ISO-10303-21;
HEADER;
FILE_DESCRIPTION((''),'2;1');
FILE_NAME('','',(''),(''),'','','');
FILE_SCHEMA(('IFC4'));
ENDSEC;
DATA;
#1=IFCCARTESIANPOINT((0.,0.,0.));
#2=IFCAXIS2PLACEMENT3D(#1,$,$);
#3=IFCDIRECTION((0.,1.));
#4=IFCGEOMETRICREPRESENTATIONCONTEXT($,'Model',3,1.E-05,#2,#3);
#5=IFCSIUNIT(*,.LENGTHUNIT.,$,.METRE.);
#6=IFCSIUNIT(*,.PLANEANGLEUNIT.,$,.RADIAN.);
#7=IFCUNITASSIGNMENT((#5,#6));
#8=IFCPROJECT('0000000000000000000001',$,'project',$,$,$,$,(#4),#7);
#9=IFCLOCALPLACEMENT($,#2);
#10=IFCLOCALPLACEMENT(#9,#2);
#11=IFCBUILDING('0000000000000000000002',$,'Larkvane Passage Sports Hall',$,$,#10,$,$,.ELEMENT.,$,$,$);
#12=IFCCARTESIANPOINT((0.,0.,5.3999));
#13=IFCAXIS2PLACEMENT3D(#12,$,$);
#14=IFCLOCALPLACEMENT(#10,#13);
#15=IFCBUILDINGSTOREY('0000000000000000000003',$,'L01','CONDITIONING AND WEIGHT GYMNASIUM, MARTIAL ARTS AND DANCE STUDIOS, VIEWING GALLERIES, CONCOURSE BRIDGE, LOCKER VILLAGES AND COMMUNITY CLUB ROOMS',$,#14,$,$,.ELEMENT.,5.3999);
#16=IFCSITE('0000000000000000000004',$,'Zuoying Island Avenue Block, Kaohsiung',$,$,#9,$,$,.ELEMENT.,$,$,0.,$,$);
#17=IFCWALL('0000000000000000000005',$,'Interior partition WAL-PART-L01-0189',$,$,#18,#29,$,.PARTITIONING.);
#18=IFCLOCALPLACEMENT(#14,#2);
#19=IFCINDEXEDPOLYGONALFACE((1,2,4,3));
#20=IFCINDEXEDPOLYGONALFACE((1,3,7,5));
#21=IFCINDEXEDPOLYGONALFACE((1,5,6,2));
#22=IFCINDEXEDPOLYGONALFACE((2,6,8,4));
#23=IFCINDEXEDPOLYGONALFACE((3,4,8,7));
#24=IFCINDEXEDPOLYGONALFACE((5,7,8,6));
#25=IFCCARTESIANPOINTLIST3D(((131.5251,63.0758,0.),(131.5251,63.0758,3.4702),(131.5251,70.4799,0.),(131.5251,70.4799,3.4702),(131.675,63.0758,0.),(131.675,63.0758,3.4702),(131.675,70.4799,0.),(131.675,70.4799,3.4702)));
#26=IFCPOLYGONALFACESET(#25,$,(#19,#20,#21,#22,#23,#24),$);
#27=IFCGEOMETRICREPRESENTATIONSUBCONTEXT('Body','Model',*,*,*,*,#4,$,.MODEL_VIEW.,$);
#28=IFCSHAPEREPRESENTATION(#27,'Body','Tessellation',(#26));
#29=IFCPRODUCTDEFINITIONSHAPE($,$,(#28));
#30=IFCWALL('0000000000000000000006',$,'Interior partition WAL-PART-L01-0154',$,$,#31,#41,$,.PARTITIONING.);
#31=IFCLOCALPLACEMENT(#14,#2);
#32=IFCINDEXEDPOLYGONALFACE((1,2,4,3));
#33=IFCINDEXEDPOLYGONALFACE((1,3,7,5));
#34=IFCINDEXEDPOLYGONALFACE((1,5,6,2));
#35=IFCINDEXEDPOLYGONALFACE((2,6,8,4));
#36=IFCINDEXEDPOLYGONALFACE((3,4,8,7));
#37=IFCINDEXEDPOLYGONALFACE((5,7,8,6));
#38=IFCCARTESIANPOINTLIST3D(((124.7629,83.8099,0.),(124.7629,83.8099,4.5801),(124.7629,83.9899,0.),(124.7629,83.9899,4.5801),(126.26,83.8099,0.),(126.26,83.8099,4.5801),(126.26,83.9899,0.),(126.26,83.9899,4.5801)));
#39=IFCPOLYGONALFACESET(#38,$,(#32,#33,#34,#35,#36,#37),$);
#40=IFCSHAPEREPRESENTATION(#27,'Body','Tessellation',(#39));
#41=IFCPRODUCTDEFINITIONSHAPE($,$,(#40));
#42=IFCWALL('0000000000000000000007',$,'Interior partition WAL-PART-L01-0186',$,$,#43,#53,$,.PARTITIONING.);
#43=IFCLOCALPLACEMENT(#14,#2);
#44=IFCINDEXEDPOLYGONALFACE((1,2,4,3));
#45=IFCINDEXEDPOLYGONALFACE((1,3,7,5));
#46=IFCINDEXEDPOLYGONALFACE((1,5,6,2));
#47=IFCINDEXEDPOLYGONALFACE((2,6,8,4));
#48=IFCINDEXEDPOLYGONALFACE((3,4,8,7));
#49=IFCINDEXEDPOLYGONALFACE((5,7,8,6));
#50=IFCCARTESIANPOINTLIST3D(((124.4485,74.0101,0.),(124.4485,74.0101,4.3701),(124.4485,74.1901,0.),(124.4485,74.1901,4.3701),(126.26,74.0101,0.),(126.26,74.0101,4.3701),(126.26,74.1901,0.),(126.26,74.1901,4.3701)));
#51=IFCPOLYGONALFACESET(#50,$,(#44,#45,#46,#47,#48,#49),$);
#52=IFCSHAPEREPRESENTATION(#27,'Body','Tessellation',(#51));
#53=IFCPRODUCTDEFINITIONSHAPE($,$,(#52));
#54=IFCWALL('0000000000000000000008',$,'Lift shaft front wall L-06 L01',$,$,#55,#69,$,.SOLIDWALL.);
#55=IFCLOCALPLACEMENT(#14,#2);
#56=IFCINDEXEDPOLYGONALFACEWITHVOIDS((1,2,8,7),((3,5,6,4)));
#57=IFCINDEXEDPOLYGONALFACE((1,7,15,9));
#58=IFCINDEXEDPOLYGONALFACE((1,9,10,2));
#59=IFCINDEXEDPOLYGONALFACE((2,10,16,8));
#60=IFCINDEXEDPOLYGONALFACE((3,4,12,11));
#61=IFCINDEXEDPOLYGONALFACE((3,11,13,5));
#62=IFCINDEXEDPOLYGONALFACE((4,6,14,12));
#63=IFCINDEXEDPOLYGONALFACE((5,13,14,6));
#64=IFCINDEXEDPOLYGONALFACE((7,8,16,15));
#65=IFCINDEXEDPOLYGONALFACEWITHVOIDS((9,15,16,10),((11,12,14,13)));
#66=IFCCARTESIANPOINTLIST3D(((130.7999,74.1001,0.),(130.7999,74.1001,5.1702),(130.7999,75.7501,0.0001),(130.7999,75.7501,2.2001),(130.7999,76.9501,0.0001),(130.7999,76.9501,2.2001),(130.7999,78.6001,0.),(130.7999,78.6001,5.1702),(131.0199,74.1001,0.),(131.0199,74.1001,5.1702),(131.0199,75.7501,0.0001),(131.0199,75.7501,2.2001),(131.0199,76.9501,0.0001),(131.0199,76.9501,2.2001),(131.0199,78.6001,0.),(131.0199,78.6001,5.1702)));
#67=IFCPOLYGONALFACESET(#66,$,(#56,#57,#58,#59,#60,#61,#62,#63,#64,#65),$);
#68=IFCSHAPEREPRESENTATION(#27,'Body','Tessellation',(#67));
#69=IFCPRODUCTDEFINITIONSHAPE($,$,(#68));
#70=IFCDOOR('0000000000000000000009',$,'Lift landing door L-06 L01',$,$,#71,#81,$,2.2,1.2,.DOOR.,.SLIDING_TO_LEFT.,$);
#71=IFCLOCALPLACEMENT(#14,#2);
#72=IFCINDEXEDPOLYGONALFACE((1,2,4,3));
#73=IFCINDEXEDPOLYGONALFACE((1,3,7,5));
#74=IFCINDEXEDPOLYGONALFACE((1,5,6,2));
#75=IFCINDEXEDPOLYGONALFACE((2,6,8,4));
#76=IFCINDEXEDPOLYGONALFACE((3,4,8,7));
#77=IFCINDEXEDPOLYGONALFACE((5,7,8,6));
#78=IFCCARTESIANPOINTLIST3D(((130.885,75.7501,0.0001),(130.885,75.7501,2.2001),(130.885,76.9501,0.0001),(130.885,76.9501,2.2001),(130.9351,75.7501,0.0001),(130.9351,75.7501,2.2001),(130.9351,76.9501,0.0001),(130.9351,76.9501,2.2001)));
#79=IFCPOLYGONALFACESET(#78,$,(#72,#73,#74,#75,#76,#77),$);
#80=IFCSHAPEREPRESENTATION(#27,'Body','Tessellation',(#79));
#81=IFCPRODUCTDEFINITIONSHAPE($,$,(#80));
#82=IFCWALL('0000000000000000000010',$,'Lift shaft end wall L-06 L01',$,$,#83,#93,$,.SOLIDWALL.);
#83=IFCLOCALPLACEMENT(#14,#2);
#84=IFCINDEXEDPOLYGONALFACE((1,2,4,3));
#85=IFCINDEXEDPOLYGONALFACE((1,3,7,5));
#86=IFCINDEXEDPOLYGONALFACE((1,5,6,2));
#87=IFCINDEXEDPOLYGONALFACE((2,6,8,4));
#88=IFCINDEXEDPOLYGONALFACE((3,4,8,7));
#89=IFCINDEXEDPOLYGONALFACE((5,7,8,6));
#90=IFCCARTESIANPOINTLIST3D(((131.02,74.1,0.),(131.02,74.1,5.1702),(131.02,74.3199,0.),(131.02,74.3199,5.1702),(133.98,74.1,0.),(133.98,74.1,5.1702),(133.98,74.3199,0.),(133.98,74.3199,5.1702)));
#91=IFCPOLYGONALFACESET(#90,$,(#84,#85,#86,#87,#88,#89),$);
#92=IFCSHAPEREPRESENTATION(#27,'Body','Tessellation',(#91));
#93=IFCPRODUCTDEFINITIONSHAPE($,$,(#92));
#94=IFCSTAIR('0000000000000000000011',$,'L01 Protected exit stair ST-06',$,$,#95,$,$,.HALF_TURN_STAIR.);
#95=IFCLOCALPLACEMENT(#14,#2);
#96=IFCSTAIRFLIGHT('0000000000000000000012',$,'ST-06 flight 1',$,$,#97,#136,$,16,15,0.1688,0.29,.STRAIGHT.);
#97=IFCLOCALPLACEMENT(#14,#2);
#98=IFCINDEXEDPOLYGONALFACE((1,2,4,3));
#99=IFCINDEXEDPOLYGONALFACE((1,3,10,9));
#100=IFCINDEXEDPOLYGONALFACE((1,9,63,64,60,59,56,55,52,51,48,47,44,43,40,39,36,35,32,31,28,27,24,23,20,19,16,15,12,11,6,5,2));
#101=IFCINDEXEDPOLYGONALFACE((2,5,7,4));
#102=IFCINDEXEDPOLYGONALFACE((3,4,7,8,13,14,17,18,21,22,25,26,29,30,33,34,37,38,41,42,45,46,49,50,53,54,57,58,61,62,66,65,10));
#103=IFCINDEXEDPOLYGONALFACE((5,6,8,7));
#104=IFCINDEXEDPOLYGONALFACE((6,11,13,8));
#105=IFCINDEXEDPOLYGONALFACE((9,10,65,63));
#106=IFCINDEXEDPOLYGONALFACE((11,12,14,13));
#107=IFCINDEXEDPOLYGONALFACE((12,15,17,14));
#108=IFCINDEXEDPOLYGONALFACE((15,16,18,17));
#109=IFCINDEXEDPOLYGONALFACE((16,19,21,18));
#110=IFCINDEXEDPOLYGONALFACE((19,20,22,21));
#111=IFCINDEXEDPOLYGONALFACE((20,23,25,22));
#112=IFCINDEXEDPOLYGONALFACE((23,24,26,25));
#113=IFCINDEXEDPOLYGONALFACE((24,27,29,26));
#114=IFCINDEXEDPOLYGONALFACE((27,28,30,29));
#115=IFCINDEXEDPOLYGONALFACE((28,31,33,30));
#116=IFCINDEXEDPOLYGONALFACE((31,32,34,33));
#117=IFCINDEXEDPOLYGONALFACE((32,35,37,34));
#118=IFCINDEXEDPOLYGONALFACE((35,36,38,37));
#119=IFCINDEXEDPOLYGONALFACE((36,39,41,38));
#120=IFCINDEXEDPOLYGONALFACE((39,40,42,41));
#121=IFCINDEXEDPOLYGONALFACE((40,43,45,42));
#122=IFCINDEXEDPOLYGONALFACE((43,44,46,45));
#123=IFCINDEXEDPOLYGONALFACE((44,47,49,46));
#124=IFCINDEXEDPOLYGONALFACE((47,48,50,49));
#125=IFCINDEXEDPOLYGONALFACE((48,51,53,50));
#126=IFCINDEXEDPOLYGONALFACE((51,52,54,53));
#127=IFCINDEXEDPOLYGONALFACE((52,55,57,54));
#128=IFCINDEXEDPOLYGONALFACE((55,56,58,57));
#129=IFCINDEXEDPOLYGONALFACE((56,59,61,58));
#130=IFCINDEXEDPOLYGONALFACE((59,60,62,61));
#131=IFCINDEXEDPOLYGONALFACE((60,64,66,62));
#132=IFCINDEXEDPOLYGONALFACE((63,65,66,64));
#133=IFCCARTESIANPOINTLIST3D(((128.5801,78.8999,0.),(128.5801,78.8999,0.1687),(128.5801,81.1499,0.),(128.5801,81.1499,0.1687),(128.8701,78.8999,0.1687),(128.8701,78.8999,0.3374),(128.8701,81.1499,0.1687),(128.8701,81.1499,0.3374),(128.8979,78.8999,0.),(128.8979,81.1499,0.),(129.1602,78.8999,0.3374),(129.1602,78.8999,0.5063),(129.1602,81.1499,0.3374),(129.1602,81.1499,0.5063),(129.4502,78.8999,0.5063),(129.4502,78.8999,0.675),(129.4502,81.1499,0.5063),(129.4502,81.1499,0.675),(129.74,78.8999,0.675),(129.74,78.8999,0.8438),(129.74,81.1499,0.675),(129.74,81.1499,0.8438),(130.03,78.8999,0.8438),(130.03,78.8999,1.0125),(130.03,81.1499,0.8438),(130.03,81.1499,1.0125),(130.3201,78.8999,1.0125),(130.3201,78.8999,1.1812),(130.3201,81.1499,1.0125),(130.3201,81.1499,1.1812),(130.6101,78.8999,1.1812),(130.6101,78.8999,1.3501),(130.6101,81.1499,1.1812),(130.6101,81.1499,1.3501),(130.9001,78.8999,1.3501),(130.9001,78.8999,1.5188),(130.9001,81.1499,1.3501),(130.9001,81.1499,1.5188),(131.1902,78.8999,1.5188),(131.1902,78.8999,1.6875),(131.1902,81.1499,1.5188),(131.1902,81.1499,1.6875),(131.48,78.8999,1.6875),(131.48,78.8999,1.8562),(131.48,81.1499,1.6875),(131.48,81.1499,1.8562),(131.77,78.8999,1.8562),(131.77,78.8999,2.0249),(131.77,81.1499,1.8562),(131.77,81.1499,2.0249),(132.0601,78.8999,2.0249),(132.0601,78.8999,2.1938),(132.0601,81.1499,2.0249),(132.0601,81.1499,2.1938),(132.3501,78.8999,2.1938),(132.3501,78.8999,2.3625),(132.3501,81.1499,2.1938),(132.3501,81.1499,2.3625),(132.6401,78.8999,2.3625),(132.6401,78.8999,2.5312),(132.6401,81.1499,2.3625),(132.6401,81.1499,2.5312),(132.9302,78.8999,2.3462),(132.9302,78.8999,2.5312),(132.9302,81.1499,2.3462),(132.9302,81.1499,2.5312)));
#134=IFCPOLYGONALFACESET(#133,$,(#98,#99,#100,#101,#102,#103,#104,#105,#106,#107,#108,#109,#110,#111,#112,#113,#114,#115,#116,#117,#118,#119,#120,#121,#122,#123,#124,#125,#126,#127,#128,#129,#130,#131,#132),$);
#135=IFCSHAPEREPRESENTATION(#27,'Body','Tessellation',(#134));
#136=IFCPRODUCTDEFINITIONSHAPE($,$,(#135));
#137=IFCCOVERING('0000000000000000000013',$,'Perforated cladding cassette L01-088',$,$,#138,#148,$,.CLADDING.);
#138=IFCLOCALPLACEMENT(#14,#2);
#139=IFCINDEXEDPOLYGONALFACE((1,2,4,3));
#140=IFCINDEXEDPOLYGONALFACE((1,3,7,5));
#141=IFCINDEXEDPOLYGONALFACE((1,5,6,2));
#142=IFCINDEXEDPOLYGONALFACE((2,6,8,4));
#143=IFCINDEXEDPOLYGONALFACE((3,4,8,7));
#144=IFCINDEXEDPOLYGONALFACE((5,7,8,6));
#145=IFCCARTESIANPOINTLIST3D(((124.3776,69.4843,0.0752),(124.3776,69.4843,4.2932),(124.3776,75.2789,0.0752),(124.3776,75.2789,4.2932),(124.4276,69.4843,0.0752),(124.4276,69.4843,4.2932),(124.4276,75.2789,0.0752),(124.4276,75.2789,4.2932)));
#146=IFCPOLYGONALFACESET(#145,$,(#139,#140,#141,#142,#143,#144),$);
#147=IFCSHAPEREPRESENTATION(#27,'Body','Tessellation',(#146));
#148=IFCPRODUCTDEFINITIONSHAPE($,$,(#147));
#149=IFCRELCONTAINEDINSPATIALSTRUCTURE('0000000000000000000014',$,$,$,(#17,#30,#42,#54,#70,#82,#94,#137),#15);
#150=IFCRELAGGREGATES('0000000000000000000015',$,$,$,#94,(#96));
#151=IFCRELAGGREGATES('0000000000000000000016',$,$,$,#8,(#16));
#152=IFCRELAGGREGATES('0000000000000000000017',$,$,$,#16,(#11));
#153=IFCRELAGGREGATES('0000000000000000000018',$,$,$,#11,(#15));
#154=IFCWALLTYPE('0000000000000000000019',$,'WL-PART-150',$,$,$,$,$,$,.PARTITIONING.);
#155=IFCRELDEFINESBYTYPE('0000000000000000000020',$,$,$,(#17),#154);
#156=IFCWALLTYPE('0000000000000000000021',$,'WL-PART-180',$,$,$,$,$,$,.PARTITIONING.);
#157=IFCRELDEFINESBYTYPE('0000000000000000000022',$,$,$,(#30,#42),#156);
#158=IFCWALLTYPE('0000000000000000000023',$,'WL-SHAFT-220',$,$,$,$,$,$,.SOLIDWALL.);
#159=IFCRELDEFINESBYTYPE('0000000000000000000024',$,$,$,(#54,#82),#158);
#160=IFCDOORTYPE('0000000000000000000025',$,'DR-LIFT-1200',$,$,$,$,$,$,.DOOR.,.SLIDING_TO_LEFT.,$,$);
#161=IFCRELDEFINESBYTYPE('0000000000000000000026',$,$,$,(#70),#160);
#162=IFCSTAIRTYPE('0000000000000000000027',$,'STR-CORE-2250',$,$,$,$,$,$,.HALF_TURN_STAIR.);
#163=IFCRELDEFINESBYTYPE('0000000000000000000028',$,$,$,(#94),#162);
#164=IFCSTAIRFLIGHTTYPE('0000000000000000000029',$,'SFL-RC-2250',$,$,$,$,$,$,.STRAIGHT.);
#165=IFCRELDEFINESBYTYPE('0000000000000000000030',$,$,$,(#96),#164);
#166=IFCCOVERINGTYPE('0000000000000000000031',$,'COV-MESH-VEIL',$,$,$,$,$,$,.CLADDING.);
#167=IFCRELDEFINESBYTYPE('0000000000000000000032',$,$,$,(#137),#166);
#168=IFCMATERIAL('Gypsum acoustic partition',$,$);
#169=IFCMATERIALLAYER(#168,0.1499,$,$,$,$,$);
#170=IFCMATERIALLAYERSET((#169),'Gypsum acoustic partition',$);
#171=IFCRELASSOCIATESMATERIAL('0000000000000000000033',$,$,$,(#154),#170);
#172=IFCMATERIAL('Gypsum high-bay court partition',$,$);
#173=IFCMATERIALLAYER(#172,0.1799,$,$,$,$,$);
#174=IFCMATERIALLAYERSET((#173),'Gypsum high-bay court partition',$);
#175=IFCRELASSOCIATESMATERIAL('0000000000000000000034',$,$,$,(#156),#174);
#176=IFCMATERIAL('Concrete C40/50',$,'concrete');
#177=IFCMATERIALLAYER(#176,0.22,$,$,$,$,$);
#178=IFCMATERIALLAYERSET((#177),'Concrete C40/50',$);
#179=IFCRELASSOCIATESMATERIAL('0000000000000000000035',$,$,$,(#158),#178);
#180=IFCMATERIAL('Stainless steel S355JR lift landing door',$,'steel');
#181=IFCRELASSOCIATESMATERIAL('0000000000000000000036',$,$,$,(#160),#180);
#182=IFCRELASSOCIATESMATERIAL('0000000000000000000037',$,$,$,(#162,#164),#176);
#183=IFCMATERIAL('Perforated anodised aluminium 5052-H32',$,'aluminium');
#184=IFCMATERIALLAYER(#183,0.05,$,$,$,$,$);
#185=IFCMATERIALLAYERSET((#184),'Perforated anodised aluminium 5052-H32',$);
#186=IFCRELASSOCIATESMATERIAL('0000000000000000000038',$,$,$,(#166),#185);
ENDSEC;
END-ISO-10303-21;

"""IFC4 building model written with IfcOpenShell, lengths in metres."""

from ifc_helpers import new_model, si_unit, direction, frame, frame_2d, origin, origin_2d, place, context, subcontext, project, spatial, polyline, rectangle, outline, extrude, material, layer, layer_set, type_object, element, fill, aggregate, save


model = new_model("IFC4")

# Units and contexts
model_context = context("Model", 3, precision=1e-05, world=origin(), true_north=direction((0.0, 1.0)))
body_context = subcontext(model_context, "Body", "Model", "MODEL_VIEW")
ifc_project = project(units=[si_unit("LENGTHUNIT", "METRE"), si_unit("PLANEANGLEUNIT", "RADIAN")], contexts=[model_context])

# Site, building, storey
site_placement = place(None, origin())
site = spatial("IfcSite", under=ifc_project, at=site_placement, Name="Zuoying Island Avenue Block, Kaohsiung", CompositionType="ELEMENT", RefElevation=0.0)
building_placement = place(site_placement, origin())
building = spatial("IfcBuilding", under=site, at=building_placement, Name="Larkvane Passage Sports Hall", CompositionType="ELEMENT")
storey_placement = place(building_placement, frame((0.0, 0.0, 5.3999)))
storey = spatial("IfcBuildingStorey", under=building, at=storey_placement, Name="L01", Description="CONDITIONING AND WEIGHT GYMNASIUM, MARTIAL ARTS AND DANCE STUDIOS, VIEWING GALLERIES, CONCOURSE BRIDGE, LOCKER VILLAGES AND COMMUNITY CLUB ROOMS", CompositionType="ELEMENT", Elevation=5.3999)

# Shared definitions
ifc_material_1 = material(Name="Concrete C40/50", Category="concrete")

# Walls
ifc_material_2 = material(Name="Gypsum acoustic partition")
ifc_layer_1 = layer(ifc_material_2, 0.1499)
ifc_layer_set_1 = layer_set([ifc_layer_1], Name="Gypsum acoustic partition")
wall_type_1 = type_object("IfcWallType", Name="WL-PART-150", PredefinedType="PARTITIONING", material=ifc_layer_set_1)
wall_1_placement = place(storey_placement, frame((131.6001, 70.48, 0.0), z_axis=(0.0, 0.0, 1.0), x_axis=(0.0, -1.0, 0.0)))
element("IfcWall", 1, at=wall_1_placement, inside=storey, type_object=wall_type_1, Name="Interior partition WAL-PART-L01-0189", PredefinedType="PARTITIONING", context=body_context, shape_type="SweptSolid", body=[
    extrude(rectangle(XDim=7.4041, YDim=0.1499, at=frame_2d((3.7021, 0.0))), origin(), (0.0, 0.0, 1.0), 3.4702),
])
ifc_material_3 = material(Name="Gypsum high-bay court partition")
ifc_layer_2 = layer(ifc_material_3, 0.1799)
ifc_layer_set_2 = layer_set([ifc_layer_2], Name="Gypsum high-bay court partition")
wall_type_2 = type_object("IfcWallType", Name="WL-PART-180", PredefinedType="PARTITIONING", material=ifc_layer_set_2)
wall_2_placement = place(storey_placement, frame((126.26, 83.8999, 0.0), z_axis=(0.0, 0.0, 1.0), x_axis=(-1.0, 0.0, 0.0)))
element("IfcWall", 2, at=wall_2_placement, inside=storey, type_object=wall_type_2, Name="Interior partition WAL-PART-L01-0154", PredefinedType="PARTITIONING", context=body_context, shape_type="SweptSolid", body=[
    extrude(rectangle(XDim=1.4971, YDim=0.1799, at=frame_2d((0.7485, 0.0))), origin(), (0.0, 0.0, 1.0), 4.5801),
])
wall_3_placement = place(storey_placement, frame((124.4485, 74.1001, 0.0), z_axis=(0.0, 0.0, 1.0), x_axis=(1.0, 0.0, 0.0)))
element("IfcWall", 3, at=wall_3_placement, inside=storey, type_object=wall_type_2, Name="Interior partition WAL-PART-L01-0186", PredefinedType="PARTITIONING", context=body_context, shape_type="SweptSolid", body=[
    extrude(rectangle(XDim=1.8115, YDim=0.1799, at=frame_2d((0.9058, 0.0))), origin(), (0.0, 0.0, 1.0), 4.3701),
])

# Wall, opening, door
ifc_layer_3 = layer(ifc_material_1, 0.22)
ifc_layer_set_3 = layer_set([ifc_layer_3], Name="Concrete C40/50")
wall_type_3 = type_object("IfcWallType", Name="WL-SHAFT-220", PredefinedType="SOLIDWALL", material=ifc_layer_set_3)
wall_4_placement = place(storey_placement, frame((130.9099, 74.1001, 0.0), z_axis=(0.0, 0.0, 1.0), x_axis=(0.0, 1.0, 0.0)))
wall_4 = element("IfcWall", 4, at=wall_4_placement, inside=storey, type_object=wall_type_3, Name="Lift shaft front wall L-06 L01", PredefinedType="SOLIDWALL", context=body_context, shape_type="SweptSolid", body=[
    extrude(rectangle(XDim=4.5, YDim=0.22, at=frame_2d((2.25, 0.0))), origin(), (0.0, 0.0, 1.0), 5.1702),
])
opening_1_placement = place(wall_4_placement, frame((1.6499, 0.0, 0.0)))
opening_1 = element("IfcOpeningElement", 5, at=opening_1_placement, cuts=wall_4, PredefinedType="OPENING", context=body_context, shape_type="SweptSolid", body=[
    extrude(rectangle(XDim=1.2, YDim=2.2, at=frame_2d((0.6001, 1.1001))), frame((0.0, 0.1199, 0.0), z_axis=(0.0, -1.0, 0.0), x_axis=(1.0, 0.0, 0.0)), (0.0, 0.0, 1.0), 0.24),
])
ifc_material_4 = material(Name="Stainless steel S355JR lift landing door", Category="steel")
door_type_1 = type_object("IfcDoorType", Name="DR-LIFT-1200", OperationType="SLIDING_TO_LEFT", PredefinedType="DOOR", material=ifc_material_4)
door_1_placement = place(opening_1_placement, origin())
door_1 = element("IfcDoor", 6, at=door_1_placement, inside=storey, type_object=door_type_1, Name="Lift landing door L-06 L01", OperationType="SLIDING_TO_LEFT", OverallHeight=2.2, OverallWidth=1.2, PredefinedType="DOOR", context=body_context, shape_type="SweptSolid", body=[
    extrude(rectangle(XDim=1.2, YDim=2.2, at=frame_2d((0.6001, 1.1001))), frame((0.0, 0.0249, 0.0), z_axis=(0.0, -1.0, 0.0), x_axis=(1.0, 0.0, 0.0)), (0.0, 0.0, 1.0), 0.05),
])
fill(opening_1, door_1)

# Wall
wall_5_placement = place(storey_placement, frame((131.02, 74.21, 0.0), z_axis=(0.0, 0.0, 1.0), x_axis=(1.0, 0.0, 0.0)))
element("IfcWall", 7, at=wall_5_placement, inside=storey, type_object=wall_type_3, Name="Lift shaft end wall L-06 L01", PredefinedType="SOLIDWALL", context=body_context, shape_type="SweptSolid", body=[
    extrude(rectangle(XDim=2.96, YDim=0.22, at=frame_2d((1.48, 0.0))), origin(), (0.0, 0.0, 1.0), 5.1702),
])

# Stair, stair flight
stair_type = type_object("IfcStairType", Name="STR-CORE-2250", PredefinedType="HALF_TURN_STAIR", material=ifc_material_1)
stair_placement = place(storey_placement, origin())
stair = element("IfcStair", 8, at=stair_placement, inside=storey, type_object=stair_type, Name="L01 Protected exit stair ST-06", PredefinedType="HALF_TURN_STAIR")
stair_flight_type = type_object("IfcStairFlightType", Name="SFL-RC-2250", PredefinedType="STRAIGHT", material=ifc_material_1)
stair_flight_placement = place(storey_placement, frame((128.5801, 80.0249, 0.0), z_axis=(0.0, 0.0, 1.0), x_axis=(1.0, 0.0, 0.0)))
stair_flight = element("IfcStairFlight", 9, at=stair_flight_placement, type_object=stair_flight_type, Name="ST-06 flight 1", NumberOfRisers=16, NumberOfTreads=15, PredefinedType="STRAIGHT", RiserHeight=0.1688, TreadLength=0.29, context=body_context, shape_type="SweptSolid", body=[
    extrude(outline(polyline([(0.0, 0.0), (0.0, 0.1687), (0.29, 0.1687), (0.29, 0.3374), (0.5801, 0.3374), (0.5801, 0.5063), (0.8701, 0.5063), (0.8701, 0.675), (1.1599, 0.675), (1.1599, 0.8438), (1.45, 0.8438), (1.45, 1.0125), (1.74, 1.0125), (1.74, 1.1812), (2.03, 1.1812), (2.03, 1.3501), (2.3201, 1.3501), (2.3201, 1.5188), (2.6101, 1.5188), (2.6101, 1.6875), (2.8999, 1.6875), (2.8999, 1.8562), (3.1899, 1.8562), (3.1899, 2.0249), (3.48, 2.0249), (3.48, 2.1938), (3.77, 2.1938), (3.77, 2.3625), (4.0601, 2.3625), (4.0601, 2.5312), (4.3501, 2.5312), (4.3501, 2.7), (4.3501, 2.3462), (0.3179, 0.0), (0.0, 0.0)])), frame((0.0, 1.125, 0.0), z_axis=(0.0, -1.0, 0.0), x_axis=(1.0, 0.0, 0.0)), (0.0, 0.0, 1.0), 2.25),
])
aggregate(stair, [stair_flight])

# Covering
ifc_material_5 = material(Name="Perforated anodised aluminium 5052-H32", Category="aluminium")
ifc_layer_4 = layer(ifc_material_5, 0.05)
ifc_layer_set_4 = layer_set([ifc_layer_4], Name="Perforated anodised aluminium 5052-H32")
covering_type = type_object("IfcCoveringType", Name="COV-MESH-VEIL", PredefinedType="CLADDING", material=ifc_layer_set_4)
covering_placement = place(storey_placement, frame((124.4026, 72.3816, 0.0752), z_axis=(0.0, 0.0, 1.0), x_axis=(0.0, 1.0, 0.0)))
element("IfcCovering", 10, at=covering_placement, inside=storey, type_object=covering_type, Name="Perforated cladding cassette L01-088", PredefinedType="CLADDING", context=body_context, shape_type="SweptSolid", body=[
    extrude(rectangle(XDim=5.7947, YDim=0.05, at=origin_2d()), origin(), (0.0, 0.0, 1.0), 4.218),
])

save(model, "model.ifc")
